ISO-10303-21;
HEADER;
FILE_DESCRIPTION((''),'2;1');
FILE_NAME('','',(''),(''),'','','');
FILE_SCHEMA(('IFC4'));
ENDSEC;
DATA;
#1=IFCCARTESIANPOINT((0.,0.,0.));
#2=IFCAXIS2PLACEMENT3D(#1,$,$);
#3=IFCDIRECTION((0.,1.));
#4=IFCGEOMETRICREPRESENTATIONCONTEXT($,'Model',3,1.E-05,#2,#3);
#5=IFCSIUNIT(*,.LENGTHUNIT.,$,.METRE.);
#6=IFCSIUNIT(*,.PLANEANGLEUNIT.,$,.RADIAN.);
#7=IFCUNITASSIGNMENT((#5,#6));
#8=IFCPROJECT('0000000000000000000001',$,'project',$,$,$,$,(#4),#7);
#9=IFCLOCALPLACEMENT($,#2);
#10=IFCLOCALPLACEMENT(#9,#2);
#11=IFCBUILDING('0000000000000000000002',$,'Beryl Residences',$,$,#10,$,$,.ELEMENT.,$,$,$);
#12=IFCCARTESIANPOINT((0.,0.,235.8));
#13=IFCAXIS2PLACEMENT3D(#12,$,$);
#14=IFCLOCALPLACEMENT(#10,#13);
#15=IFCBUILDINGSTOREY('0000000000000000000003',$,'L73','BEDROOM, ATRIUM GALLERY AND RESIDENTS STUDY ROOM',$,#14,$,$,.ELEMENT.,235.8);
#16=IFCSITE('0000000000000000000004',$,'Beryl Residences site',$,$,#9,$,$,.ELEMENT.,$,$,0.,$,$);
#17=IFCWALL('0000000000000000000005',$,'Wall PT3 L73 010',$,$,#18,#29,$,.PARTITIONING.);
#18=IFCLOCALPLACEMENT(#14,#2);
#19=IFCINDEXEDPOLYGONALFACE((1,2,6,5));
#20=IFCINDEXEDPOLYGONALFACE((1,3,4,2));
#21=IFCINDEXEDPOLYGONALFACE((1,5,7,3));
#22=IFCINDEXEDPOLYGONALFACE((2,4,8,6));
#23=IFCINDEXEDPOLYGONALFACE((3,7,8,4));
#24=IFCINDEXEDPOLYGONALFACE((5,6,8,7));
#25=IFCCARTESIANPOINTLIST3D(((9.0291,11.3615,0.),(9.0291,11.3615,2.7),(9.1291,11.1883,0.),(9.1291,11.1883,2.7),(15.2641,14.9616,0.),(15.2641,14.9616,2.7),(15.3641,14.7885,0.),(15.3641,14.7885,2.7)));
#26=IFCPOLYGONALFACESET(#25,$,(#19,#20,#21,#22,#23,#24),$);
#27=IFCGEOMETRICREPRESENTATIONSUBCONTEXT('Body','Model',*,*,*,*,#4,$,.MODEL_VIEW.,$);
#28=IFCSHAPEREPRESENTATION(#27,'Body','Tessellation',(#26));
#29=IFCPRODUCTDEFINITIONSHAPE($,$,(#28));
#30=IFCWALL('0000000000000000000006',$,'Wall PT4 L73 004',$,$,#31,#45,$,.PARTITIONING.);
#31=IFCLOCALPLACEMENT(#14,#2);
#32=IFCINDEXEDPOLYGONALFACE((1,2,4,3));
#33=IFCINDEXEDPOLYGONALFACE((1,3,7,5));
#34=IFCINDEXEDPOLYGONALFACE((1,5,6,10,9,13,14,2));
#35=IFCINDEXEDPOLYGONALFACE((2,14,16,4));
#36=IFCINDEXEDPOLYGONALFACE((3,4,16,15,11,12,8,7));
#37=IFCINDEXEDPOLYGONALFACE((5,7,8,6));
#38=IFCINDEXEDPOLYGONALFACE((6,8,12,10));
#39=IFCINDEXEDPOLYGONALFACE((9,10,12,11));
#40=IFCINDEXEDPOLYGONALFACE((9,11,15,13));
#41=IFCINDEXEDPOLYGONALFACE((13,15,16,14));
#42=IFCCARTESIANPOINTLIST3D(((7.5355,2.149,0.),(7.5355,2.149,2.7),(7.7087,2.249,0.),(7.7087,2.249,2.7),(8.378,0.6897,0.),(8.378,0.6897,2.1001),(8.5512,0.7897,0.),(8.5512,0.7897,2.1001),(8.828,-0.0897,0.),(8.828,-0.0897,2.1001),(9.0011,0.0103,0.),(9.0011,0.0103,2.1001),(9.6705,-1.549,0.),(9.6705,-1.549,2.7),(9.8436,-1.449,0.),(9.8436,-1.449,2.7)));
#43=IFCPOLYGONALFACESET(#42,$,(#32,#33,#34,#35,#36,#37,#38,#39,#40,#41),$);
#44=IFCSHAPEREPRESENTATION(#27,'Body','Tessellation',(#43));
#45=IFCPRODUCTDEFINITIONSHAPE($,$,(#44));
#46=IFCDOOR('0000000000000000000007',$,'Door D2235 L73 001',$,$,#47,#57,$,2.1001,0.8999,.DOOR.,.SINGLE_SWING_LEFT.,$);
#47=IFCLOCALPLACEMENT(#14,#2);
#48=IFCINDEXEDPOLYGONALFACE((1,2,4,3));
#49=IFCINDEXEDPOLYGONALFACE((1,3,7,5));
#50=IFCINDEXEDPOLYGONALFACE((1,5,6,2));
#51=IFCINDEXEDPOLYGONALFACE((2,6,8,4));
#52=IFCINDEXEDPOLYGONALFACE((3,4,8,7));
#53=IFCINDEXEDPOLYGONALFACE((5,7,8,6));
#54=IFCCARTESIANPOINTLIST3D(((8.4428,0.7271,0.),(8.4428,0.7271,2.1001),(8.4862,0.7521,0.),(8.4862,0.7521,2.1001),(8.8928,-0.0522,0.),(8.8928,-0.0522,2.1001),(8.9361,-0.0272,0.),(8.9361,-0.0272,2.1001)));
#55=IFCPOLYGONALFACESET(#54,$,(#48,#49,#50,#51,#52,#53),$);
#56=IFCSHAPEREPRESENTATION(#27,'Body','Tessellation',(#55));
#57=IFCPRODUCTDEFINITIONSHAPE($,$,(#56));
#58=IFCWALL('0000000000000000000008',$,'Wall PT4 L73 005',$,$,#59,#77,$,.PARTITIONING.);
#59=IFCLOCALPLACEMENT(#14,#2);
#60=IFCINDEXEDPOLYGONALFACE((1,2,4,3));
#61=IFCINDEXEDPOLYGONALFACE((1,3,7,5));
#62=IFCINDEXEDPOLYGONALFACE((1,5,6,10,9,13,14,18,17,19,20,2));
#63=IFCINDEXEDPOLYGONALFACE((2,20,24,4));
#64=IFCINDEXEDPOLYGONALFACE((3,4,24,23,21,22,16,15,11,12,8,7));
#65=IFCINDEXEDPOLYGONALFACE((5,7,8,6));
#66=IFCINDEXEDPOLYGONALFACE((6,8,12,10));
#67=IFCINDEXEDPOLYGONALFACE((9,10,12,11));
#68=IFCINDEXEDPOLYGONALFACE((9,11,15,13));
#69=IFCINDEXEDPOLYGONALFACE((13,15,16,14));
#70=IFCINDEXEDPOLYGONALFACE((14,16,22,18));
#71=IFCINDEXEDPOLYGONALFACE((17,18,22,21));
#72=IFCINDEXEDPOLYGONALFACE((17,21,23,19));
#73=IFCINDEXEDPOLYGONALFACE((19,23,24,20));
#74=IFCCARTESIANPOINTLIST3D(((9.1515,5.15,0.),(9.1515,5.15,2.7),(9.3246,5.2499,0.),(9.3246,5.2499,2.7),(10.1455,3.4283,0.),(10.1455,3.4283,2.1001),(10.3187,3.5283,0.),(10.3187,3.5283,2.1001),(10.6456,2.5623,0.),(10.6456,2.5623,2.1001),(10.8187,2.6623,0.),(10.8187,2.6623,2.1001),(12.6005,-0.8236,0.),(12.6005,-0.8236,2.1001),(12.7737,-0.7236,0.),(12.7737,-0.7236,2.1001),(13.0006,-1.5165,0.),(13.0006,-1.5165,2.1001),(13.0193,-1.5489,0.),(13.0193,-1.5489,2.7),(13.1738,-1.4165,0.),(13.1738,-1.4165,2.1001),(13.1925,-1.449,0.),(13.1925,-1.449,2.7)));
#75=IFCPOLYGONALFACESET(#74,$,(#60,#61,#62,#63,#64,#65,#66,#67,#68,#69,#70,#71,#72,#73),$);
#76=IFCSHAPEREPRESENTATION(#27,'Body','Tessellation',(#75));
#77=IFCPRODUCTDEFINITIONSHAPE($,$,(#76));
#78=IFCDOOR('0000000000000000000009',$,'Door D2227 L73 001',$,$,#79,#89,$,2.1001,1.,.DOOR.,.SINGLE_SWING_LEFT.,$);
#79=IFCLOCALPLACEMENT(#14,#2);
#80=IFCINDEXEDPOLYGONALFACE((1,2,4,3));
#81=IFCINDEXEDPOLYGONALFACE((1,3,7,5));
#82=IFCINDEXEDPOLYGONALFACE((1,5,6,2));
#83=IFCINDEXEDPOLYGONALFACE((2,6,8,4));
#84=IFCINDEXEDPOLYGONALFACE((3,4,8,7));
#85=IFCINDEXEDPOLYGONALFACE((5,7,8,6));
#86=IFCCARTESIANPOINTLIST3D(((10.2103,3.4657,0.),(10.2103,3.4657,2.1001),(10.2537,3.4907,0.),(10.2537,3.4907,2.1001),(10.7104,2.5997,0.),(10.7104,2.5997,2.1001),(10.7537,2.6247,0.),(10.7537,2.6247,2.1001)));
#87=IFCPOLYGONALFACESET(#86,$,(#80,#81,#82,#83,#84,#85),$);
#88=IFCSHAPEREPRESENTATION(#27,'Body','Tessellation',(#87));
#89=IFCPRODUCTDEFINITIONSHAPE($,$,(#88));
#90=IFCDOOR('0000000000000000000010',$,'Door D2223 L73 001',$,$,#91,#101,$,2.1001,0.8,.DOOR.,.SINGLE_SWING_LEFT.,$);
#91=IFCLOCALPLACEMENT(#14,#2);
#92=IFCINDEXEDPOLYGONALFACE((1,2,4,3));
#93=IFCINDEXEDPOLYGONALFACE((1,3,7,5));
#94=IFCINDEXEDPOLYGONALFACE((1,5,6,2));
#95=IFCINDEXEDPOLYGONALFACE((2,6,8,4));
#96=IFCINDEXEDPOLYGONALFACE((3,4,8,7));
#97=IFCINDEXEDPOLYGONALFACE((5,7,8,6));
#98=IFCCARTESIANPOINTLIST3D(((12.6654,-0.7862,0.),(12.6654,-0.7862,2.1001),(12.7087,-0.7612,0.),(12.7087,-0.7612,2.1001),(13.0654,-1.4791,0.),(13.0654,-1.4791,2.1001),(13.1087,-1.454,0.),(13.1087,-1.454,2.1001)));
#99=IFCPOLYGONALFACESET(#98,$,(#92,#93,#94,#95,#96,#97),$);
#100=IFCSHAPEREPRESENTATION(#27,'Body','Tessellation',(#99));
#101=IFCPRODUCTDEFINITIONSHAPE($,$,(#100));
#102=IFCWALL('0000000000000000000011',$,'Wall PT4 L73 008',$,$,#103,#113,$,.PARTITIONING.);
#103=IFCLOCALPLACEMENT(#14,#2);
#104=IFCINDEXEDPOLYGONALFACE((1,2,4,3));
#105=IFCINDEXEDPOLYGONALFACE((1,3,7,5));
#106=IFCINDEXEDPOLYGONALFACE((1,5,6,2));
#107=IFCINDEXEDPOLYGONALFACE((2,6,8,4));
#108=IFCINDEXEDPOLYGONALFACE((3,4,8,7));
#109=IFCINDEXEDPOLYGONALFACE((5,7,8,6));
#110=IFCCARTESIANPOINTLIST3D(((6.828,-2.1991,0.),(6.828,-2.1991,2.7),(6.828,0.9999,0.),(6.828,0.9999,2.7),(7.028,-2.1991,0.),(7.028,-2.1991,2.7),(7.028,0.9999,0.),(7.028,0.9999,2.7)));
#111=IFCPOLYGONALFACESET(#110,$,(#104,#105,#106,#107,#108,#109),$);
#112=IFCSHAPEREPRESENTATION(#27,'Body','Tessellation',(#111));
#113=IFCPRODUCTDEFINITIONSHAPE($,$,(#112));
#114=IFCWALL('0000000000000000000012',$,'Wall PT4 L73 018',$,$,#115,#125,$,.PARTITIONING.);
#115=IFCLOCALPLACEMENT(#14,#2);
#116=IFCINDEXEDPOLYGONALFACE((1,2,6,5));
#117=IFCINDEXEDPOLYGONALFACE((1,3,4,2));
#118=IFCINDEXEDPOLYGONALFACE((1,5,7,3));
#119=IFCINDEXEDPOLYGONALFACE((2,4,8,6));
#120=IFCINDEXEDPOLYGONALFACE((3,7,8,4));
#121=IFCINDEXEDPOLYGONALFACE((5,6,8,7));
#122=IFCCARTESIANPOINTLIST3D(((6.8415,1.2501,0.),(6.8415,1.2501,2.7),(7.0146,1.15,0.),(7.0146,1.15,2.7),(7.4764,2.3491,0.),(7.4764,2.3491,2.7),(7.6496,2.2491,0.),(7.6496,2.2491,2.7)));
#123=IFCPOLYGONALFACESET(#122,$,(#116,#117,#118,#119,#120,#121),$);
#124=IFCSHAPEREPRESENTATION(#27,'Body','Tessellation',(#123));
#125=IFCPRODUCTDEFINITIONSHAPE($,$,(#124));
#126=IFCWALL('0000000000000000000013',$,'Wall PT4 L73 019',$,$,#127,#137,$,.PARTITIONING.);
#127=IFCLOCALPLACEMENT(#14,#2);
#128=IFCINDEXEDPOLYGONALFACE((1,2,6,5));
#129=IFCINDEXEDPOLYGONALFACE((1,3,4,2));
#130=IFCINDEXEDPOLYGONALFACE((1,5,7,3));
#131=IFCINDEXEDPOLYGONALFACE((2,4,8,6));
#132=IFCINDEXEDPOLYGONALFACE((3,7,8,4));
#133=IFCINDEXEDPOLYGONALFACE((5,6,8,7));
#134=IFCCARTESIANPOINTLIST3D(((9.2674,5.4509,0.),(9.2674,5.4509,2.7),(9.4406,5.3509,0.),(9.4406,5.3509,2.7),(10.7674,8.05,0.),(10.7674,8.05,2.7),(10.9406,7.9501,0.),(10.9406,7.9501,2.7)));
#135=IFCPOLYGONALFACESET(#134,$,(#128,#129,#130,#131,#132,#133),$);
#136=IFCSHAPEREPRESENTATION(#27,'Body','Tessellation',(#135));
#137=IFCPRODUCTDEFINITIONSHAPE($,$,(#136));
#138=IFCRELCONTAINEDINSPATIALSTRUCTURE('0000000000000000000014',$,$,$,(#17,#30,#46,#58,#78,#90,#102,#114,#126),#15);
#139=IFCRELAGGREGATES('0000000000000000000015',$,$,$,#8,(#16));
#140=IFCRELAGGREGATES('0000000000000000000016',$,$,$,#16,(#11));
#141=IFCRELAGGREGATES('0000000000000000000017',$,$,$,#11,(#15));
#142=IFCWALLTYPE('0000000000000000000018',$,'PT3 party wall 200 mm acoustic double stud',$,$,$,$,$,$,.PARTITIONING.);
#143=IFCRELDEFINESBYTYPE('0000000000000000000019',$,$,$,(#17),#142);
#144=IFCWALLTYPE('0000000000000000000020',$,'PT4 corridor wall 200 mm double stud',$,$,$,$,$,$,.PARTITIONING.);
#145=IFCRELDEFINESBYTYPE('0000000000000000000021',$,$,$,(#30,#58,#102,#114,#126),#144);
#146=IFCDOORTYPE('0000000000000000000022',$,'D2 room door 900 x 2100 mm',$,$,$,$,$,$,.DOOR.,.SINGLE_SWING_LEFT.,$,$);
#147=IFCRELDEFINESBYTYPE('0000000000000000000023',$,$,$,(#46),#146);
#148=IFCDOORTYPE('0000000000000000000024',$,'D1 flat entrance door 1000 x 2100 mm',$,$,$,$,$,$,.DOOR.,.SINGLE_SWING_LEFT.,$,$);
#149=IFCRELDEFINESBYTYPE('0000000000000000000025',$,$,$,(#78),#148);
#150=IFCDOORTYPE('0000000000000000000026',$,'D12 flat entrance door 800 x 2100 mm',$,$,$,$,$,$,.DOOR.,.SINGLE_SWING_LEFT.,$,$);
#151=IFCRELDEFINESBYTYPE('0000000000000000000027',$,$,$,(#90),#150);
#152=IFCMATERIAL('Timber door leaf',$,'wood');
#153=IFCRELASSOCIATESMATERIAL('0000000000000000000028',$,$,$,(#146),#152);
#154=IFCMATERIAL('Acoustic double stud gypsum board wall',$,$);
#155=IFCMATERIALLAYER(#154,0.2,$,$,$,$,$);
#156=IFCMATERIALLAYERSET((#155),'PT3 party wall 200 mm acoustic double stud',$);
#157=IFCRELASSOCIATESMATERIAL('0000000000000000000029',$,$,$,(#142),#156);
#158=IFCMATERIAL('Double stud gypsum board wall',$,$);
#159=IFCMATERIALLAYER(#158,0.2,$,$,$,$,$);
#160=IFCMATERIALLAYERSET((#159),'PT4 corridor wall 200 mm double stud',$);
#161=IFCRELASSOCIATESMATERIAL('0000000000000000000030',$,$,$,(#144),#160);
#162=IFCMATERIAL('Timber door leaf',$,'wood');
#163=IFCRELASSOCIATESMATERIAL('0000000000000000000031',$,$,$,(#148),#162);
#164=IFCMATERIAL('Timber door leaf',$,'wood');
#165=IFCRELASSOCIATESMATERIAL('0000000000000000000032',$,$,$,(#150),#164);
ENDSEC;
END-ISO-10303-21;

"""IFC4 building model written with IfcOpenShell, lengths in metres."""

from ifc_helpers import new_model, si_unit, direction, frame, frame_2d, origin, place, context, subcontext, project, spatial, rectangle, extrude, material, layer, layer_set, type_object, element, fill, save


model = new_model("IFC4")

# Units and contexts
model_context = context("Model", 3, precision=1e-05, world=origin(), true_north=direction((0.0, 1.0)))
body_context = subcontext(model_context, "Body", "Model", "MODEL_VIEW")
ifc_project = project(units=[si_unit("LENGTHUNIT", "METRE"), si_unit("PLANEANGLEUNIT", "RADIAN")], contexts=[model_context])

# Site, building, storey
site_placement = place(None, origin())
site = spatial("IfcSite", under=ifc_project, at=site_placement, Name="Beryl Residences site", CompositionType="ELEMENT", RefElevation=0.0)
building_placement = place(site_placement, origin())
building = spatial("IfcBuilding", under=site, at=building_placement, Name="Beryl Residences", CompositionType="ELEMENT")
storey_placement = place(building_placement, frame((0.0, 0.0, 235.8)))
storey = spatial("IfcBuildingStorey", under=building, at=storey_placement, Name="L73", Description="BEDROOM, ATRIUM GALLERY AND RESIDENTS STUDY ROOM", CompositionType="ELEMENT", Elevation=235.8)

# Shared definitions
ifc_material_1 = material(Name="Timber door leaf", Category="wood")
door_type_1 = type_object("IfcDoorType", Name="D2 room door 900 x 2100 mm", OperationType="SINGLE_SWING_LEFT", PredefinedType="DOOR", material=ifc_material_1)

# Wall
ifc_material_2 = material(Name="Acoustic double stud gypsum board wall")
ifc_layer_1 = layer(ifc_material_2, 0.2)
ifc_layer_set_1 = layer_set([ifc_layer_1], Name="PT3 party wall 200 mm acoustic double stud")
wall_type_1 = type_object("IfcWallType", Name="PT3 party wall 200 mm acoustic double stud", PredefinedType="PARTITIONING", material=ifc_layer_set_1)
wall_1_placement = place(storey_placement, frame((9.0791, 11.2749, 0.0), z_axis=(0.0, 0.0, 1.0), x_axis=(0.866001, 0.500041, 0.0)))
element("IfcWall", 1, at=wall_1_placement, inside=storey, type_object=wall_type_1, Name="Wall PT3 L73 010", PredefinedType="PARTITIONING", context=body_context, shape_type="SweptSolid", body=[
    extrude(rectangle(XDim=7.1997, YDim=0.2, at=frame_2d((3.5999, 0.0))), origin(), (0.0, 0.0, 1.0), 2.7),
])

# Wall, opening, door
ifc_material_3 = material(Name="Double stud gypsum board wall")
ifc_layer_2 = layer(ifc_material_3, 0.2)
ifc_layer_set_2 = layer_set([ifc_layer_2], Name="PT4 corridor wall 200 mm double stud")
wall_type_2 = type_object("IfcWallType", Name="PT4 corridor wall 200 mm double stud", PredefinedType="PARTITIONING", material=ifc_layer_set_2)
wall_2_placement = place(storey_placement, frame((7.6221, 2.199, 0.0), z_axis=(0.0, 0.0, 1.0), x_axis=(0.499995, -0.866028, 0.0)))
wall_2 = element("IfcWall", 2, at=wall_2_placement, inside=storey, type_object=wall_type_2, Name="Wall PT4 L73 004", PredefinedType="PARTITIONING", context=body_context, shape_type="SweptSolid", body=[
    extrude(rectangle(XDim=4.27, YDim=0.2, at=frame_2d((2.135, 0.0))), origin(), (0.0, 0.0, 1.0), 2.7),
])
opening_1_placement = place(wall_2_placement, frame((1.6851, 0.0, 0.0)))
opening_1 = element("IfcOpeningElement", 3, at=opening_1_placement, cuts=wall_2, PredefinedType="OPENING", context=body_context, shape_type="SweptSolid", body=[
    extrude(rectangle(XDim=0.8999, YDim=2.1001, at=frame_2d((0.45, 1.05))), frame((0.0, 0.1099, 0.0), z_axis=(0.0, -1.0, 0.0), x_axis=(1.0, 0.0, 0.0)), (0.0, 0.0, 1.0), 0.22),
])
door_1_placement = place(opening_1_placement, origin())
door_1 = element("IfcDoor", 4, at=door_1_placement, inside=storey, type_object=door_type_1, Name="Door D2235 L73 001", OperationType="SINGLE_SWING_LEFT", OverallHeight=2.1001, OverallWidth=0.8999, PredefinedType="DOOR", context=body_context, shape_type="SweptSolid", body=[
    extrude(rectangle(XDim=0.8999, YDim=2.1001, at=frame_2d((0.45, 1.05))), frame((0.0, 0.0249, 0.0), z_axis=(0.0, -1.0, 0.0), x_axis=(1.0, 0.0, 0.0)), (0.0, 0.0, 1.0), 0.05),
])
fill(opening_1, door_1)

# Wall, openings, doors
wall_3_placement = place(storey_placement, frame((9.238, 5.2, 0.0), z_axis=(0.0, 0.0, 1.0), x_axis=(0.500026, -0.866011, 0.0)))
wall_3 = element("IfcWall", 5, at=wall_3_placement, inside=storey, type_object=wall_type_2, Name="Wall PT4 L73 005", PredefinedType="PARTITIONING", context=body_context, shape_type="SweptSolid", body=[
    extrude(rectangle(XDim=7.7354, YDim=0.2, at=frame_2d((3.8677, 0.0))), origin(), (0.0, 0.0, 1.0), 2.7),
])
opening_2_placement = place(wall_3_placement, frame((6.8979, 0.0, 0.0)))
opening_2 = element("IfcOpeningElement", 6, at=opening_2_placement, cuts=wall_3, PredefinedType="OPENING", context=body_context, shape_type="SweptSolid", body=[
    extrude(rectangle(XDim=0.8, YDim=2.1001, at=frame_2d((0.3999, 1.05))), frame((0.0, 0.1099, 0.0), z_axis=(0.0, -1.0, 0.0), x_axis=(1.0, 0.0, 0.0)), (0.0, 0.0, 1.0), 0.22),
])
opening_3_placement = place(wall_3_placement, frame((1.988, 0.0, 0.0)))
opening_3 = element("IfcOpeningElement", 7, at=opening_3_placement, cuts=wall_3, PredefinedType="OPENING", context=body_context, shape_type="SweptSolid", body=[
    extrude(rectangle(XDim=1.0, YDim=2.1001, at=frame_2d((0.5, 1.05))), frame((0.0, 0.1099, 0.0), z_axis=(0.0, -1.0, 0.0), x_axis=(1.0, 0.0, 0.0)), (0.0, 0.0, 1.0), 0.22),
])
ifc_material_4 = material(Name="Timber door leaf", Category="wood")
door_type_2 = type_object("IfcDoorType", Name="D1 flat entrance door 1000 x 2100 mm", OperationType="SINGLE_SWING_LEFT", PredefinedType="DOOR", material=ifc_material_4)
door_2_placement = place(opening_3_placement, origin())
door_2 = element("IfcDoor", 8, at=door_2_placement, inside=storey, type_object=door_type_2, Name="Door D2227 L73 001", OperationType="SINGLE_SWING_LEFT", OverallHeight=2.1001, OverallWidth=1.0, PredefinedType="DOOR", context=body_context, shape_type="SweptSolid", body=[
    extrude(rectangle(XDim=1.0, YDim=2.1001, at=frame_2d((0.5, 1.05))), frame((0.0, 0.0249, 0.0), z_axis=(0.0, -1.0, 0.0), x_axis=(1.0, 0.0, 0.0)), (0.0, 0.0, 1.0), 0.05),
])
fill(opening_3, door_2)
ifc_material_5 = material(Name="Timber door leaf", Category="wood")
door_type_3 = type_object("IfcDoorType", Name="D12 flat entrance door 800 x 2100 mm", OperationType="SINGLE_SWING_LEFT", PredefinedType="DOOR", material=ifc_material_5)
door_3_placement = place(opening_2_placement, origin())
door_3 = element("IfcDoor", 9, at=door_3_placement, inside=storey, type_object=door_type_3, Name="Door D2223 L73 001", OperationType="SINGLE_SWING_LEFT", OverallHeight=2.1001, OverallWidth=0.8, PredefinedType="DOOR", context=body_context, shape_type="SweptSolid", body=[
    extrude(rectangle(XDim=0.8, YDim=2.1001, at=frame_2d((0.3999, 1.05))), frame((0.0, 0.0249, 0.0), z_axis=(0.0, -1.0, 0.0), x_axis=(1.0, 0.0, 0.0)), (0.0, 0.0, 1.0), 0.05),
])
fill(opening_2, door_3)

# Walls
wall_4_placement = place(storey_placement, frame((6.928, 1.0, 0.0), z_axis=(0.0, 0.0, 1.0), x_axis=(0.0, -1.0, 0.0)))
element("IfcWall", 10, at=wall_4_placement, inside=storey, type_object=wall_type_2, Name="Wall PT4 L73 008", PredefinedType="PARTITIONING", context=body_context, shape_type="SweptSolid", body=[
    extrude(rectangle(XDim=3.199, YDim=0.2, at=frame_2d((1.5996, 0.0))), origin(), (0.0, 0.0, 1.0), 2.7),
])
wall_5_placement = place(storey_placement, frame((6.928, 1.2, 0.0), z_axis=(0.0, 0.0, 1.0), x_axis=(0.500255, 0.865878, 0.0)))
element("IfcWall", 11, at=wall_5_placement, inside=storey, type_object=wall_type_2, Name="Wall PT4 L73 018", PredefinedType="PARTITIONING", context=body_context, shape_type="SweptSolid", body=[
    extrude(rectangle(XDim=1.2693, YDim=0.2, at=frame_2d((0.6348, 0.0))), origin(), (0.0, 0.0, 1.0), 2.7),
])
wall_6_placement = place(storey_placement, frame((9.354, 5.4009, 0.0), z_axis=(0.0, 0.0, 1.0), x_axis=(0.499849, 0.866112, 0.0)))
element("IfcWall", 12, at=wall_6_placement, inside=storey, type_object=wall_type_2, Name="Wall PT4 L73 019", PredefinedType="PARTITIONING", context=body_context, shape_type="SweptSolid", body=[
    extrude(rectangle(XDim=3.001, YDim=0.2, at=frame_2d((1.5005, 0.0))), origin(), (0.0, 0.0, 1.0), 2.7),
])

save(model, "model.ifc")
